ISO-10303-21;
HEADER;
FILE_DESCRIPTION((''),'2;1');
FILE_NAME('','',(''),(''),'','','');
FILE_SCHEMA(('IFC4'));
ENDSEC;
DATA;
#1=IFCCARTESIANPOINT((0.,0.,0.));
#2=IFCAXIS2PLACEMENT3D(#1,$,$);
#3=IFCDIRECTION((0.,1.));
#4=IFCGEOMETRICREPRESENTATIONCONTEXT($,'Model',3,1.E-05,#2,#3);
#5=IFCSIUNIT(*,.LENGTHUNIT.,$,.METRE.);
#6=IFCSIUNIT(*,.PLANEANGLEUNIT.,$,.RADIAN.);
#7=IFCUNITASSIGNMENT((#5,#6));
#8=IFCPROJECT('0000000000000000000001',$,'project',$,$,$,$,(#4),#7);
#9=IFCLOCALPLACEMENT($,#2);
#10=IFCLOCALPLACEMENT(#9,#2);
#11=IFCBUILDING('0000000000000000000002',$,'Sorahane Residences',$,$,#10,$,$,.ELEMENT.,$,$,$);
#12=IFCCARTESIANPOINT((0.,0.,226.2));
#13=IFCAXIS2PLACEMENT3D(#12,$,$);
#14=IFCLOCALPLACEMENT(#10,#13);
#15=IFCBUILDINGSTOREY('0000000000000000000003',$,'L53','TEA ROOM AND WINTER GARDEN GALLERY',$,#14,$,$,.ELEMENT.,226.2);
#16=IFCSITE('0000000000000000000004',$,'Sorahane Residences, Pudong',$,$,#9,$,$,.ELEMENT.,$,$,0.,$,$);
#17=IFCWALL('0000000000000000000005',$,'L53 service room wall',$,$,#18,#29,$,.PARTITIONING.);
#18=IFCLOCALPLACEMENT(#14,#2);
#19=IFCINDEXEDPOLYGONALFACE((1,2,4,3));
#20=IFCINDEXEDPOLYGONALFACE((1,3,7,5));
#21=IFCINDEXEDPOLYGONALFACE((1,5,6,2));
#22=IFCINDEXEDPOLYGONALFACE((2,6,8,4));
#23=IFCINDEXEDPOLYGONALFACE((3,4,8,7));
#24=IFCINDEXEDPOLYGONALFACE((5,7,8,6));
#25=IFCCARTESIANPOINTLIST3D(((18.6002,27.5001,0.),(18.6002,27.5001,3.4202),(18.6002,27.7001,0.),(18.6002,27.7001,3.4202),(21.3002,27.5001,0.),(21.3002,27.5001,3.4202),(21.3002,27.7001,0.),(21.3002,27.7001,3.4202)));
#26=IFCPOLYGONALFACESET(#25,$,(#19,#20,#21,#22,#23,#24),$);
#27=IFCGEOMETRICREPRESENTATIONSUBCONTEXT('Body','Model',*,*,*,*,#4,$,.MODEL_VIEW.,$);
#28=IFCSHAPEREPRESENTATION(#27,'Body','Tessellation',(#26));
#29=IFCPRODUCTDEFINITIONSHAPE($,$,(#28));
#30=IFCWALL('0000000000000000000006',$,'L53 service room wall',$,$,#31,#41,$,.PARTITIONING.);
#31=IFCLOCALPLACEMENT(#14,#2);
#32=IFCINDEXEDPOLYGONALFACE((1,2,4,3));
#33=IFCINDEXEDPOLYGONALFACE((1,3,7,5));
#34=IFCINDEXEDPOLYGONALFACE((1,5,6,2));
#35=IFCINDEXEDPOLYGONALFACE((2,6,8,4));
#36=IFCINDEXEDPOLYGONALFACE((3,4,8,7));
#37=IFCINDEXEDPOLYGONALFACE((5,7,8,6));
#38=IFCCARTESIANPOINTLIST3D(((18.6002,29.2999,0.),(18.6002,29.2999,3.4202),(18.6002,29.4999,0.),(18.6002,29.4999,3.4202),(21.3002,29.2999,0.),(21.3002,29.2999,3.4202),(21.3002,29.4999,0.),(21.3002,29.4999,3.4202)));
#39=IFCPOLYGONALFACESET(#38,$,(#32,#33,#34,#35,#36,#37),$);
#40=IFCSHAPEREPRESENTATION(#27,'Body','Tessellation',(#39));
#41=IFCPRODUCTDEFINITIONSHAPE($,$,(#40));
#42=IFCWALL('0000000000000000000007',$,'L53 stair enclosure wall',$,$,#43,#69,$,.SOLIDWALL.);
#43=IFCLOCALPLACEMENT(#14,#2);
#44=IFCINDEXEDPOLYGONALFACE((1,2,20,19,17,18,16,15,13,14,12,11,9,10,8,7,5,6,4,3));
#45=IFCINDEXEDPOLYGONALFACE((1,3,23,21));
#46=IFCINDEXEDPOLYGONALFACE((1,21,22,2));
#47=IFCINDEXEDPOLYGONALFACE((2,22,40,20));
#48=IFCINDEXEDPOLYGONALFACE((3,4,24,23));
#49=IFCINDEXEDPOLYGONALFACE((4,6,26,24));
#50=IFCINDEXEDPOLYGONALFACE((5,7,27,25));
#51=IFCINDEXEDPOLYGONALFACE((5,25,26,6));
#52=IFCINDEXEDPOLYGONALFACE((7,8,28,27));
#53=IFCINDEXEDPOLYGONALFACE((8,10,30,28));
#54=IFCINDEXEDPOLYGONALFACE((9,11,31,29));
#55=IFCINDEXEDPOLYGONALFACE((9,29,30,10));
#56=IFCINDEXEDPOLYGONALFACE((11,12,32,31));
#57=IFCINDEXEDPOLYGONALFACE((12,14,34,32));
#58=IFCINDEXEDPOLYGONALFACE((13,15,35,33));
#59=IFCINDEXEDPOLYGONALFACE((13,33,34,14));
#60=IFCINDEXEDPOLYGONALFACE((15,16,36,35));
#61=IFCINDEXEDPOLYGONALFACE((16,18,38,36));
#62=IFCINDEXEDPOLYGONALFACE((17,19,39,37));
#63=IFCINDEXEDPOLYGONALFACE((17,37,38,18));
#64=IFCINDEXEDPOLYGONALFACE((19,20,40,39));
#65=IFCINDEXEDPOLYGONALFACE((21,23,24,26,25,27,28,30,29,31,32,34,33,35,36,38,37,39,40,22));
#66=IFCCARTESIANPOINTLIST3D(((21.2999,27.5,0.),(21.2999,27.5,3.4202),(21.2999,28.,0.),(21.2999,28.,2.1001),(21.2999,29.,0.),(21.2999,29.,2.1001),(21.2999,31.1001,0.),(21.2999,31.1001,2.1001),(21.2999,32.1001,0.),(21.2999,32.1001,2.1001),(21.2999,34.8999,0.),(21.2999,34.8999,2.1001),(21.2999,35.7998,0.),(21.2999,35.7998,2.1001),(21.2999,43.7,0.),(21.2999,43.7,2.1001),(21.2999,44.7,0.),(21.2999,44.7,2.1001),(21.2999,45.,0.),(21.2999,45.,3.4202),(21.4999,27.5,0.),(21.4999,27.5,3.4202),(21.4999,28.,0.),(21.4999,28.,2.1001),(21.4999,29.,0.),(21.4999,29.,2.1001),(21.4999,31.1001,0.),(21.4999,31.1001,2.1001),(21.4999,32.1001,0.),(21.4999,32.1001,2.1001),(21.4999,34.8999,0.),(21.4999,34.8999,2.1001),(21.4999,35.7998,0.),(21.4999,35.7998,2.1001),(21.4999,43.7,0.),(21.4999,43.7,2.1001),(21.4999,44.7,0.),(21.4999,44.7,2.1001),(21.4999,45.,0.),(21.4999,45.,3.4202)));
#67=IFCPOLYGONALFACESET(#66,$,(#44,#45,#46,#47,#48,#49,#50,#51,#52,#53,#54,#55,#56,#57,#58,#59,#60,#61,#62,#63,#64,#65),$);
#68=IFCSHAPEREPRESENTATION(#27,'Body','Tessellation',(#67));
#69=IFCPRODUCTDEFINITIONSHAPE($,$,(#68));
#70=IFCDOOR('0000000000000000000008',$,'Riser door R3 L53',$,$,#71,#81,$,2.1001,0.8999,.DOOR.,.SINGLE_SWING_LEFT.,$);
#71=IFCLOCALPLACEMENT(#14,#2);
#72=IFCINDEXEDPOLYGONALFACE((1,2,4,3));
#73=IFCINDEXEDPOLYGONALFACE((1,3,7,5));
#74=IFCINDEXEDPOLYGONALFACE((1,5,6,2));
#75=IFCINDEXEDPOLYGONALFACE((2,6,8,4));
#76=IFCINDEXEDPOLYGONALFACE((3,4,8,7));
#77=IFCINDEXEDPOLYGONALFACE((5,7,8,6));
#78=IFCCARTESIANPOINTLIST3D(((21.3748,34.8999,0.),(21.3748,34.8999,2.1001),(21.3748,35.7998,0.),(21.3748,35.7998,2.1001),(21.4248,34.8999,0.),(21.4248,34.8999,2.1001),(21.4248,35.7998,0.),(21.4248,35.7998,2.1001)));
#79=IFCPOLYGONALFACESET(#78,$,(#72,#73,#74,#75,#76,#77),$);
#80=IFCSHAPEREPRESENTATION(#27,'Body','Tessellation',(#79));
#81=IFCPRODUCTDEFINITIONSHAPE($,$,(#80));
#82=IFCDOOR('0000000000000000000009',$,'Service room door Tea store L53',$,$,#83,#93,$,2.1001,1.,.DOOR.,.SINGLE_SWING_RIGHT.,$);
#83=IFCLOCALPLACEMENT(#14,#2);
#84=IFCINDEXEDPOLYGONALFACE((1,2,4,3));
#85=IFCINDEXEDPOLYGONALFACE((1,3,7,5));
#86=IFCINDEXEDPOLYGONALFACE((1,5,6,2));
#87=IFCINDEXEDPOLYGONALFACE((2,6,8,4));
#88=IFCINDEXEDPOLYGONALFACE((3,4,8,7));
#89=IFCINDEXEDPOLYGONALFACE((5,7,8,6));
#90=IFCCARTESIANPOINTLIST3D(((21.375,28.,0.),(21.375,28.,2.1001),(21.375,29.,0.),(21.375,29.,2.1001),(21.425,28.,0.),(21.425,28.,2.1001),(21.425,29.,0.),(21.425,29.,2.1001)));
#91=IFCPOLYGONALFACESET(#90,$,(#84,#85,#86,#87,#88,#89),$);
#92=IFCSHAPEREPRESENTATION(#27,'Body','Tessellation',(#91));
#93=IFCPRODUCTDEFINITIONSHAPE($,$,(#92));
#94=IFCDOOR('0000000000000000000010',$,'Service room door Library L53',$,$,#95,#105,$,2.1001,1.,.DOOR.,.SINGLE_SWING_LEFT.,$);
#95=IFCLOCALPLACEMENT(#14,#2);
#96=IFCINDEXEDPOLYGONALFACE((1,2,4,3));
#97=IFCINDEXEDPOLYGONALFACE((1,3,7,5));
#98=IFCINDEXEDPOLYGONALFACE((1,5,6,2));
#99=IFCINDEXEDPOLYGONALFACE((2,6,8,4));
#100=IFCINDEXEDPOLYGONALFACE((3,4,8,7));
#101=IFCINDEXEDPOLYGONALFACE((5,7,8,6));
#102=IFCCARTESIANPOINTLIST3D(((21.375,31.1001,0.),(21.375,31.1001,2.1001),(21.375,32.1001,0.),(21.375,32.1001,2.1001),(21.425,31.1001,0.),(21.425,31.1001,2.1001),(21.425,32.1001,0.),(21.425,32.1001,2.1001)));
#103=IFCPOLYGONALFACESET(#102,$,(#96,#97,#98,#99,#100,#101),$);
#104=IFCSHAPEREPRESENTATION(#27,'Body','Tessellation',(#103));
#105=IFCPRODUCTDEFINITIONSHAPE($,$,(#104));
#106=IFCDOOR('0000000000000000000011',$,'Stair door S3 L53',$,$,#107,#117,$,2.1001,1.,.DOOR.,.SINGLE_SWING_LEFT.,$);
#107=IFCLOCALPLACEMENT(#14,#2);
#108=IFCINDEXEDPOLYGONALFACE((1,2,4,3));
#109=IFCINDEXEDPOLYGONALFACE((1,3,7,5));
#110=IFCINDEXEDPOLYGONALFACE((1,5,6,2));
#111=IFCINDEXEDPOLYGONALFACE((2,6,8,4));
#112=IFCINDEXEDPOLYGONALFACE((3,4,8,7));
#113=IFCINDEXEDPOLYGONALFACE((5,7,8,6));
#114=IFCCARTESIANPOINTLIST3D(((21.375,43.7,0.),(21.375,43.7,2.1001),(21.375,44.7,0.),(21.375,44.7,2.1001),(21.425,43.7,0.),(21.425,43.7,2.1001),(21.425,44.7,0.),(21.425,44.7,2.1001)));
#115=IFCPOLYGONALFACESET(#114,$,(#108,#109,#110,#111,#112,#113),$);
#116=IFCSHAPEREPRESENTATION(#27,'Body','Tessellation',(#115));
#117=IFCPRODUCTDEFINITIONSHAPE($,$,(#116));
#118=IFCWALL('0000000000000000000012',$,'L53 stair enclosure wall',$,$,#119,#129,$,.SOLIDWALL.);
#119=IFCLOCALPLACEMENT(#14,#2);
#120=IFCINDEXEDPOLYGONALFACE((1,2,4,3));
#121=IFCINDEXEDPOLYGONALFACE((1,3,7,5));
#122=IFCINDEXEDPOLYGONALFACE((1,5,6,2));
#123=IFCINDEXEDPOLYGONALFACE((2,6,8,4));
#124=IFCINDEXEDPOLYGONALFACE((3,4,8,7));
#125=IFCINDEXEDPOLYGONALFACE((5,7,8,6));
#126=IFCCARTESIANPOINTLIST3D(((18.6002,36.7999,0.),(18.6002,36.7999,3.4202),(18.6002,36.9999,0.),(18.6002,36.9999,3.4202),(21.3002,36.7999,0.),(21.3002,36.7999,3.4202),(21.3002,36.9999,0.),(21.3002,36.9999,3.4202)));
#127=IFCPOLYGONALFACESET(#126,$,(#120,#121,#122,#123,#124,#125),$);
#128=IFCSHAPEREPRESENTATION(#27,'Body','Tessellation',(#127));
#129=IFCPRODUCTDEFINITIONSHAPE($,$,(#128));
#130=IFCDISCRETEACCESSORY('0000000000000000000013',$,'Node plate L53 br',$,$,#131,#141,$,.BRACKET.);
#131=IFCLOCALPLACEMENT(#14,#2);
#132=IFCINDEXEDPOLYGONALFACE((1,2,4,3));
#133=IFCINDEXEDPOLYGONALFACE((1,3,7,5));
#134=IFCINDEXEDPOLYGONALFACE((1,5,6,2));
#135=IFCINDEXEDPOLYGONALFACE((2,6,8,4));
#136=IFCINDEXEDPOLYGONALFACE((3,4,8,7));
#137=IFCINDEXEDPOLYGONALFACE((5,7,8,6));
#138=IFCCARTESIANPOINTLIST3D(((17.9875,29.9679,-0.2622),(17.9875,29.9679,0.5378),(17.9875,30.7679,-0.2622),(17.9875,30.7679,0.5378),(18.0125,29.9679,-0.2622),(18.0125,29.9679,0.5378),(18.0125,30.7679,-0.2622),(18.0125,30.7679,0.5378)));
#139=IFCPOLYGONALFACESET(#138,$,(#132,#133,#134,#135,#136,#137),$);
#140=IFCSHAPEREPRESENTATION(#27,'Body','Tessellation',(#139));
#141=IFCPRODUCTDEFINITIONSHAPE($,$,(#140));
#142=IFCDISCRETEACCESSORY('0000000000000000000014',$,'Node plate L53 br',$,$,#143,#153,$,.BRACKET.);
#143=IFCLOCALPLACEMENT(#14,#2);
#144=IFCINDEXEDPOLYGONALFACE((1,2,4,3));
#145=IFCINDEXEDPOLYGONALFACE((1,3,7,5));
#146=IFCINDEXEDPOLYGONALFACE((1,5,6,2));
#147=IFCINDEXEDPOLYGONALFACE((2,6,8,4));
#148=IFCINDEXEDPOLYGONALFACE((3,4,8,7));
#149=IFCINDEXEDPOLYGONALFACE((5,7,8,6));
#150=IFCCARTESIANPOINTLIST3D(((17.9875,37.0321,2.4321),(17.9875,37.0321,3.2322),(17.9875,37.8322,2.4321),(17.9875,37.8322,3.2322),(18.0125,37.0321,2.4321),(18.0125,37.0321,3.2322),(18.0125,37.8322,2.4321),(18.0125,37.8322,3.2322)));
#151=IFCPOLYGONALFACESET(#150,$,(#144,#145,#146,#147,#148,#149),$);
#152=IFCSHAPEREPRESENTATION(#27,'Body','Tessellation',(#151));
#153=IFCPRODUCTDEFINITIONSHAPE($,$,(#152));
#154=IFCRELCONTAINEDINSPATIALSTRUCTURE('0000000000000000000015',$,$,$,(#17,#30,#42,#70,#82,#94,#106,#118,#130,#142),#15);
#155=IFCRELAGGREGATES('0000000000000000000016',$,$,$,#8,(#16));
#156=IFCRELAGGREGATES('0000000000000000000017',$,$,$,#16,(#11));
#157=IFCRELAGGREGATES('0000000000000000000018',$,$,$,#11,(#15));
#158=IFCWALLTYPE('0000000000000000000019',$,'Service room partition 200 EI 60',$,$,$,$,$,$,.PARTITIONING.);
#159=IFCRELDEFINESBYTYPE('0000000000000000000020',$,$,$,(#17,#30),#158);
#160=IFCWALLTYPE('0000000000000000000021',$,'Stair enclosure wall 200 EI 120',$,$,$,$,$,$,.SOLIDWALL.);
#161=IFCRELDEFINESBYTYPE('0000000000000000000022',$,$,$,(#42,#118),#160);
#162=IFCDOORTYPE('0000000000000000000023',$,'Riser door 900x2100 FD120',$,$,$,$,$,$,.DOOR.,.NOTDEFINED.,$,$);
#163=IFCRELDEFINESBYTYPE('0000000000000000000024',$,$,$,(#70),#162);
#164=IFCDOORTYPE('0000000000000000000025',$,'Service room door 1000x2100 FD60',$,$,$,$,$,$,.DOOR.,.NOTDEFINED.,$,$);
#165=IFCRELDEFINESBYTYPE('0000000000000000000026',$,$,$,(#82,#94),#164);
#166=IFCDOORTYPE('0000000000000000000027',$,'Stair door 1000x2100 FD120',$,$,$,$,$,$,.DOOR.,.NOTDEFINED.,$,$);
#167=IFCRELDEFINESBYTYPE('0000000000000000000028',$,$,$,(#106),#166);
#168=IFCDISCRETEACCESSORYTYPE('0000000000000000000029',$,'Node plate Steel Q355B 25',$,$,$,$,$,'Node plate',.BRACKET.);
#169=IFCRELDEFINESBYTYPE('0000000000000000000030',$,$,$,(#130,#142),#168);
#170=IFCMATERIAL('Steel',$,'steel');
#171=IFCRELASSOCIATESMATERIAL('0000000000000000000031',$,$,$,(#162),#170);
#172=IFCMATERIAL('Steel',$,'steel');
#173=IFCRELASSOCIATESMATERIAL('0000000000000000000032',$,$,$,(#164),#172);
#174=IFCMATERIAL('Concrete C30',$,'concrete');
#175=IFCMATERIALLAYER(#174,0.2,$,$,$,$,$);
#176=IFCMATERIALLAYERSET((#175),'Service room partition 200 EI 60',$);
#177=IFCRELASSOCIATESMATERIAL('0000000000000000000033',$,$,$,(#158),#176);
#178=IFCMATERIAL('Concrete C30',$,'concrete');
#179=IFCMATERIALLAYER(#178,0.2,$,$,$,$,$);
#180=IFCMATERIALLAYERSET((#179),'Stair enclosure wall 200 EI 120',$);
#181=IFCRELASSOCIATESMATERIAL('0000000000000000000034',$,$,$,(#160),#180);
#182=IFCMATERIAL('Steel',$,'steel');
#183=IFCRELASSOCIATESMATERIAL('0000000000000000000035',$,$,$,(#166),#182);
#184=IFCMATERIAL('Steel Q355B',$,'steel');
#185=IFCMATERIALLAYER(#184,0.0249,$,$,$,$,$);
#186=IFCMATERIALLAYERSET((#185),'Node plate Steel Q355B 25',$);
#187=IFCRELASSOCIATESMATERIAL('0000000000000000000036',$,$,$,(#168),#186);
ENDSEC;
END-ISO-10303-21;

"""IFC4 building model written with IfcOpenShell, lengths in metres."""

from ifc_helpers import new_model, si_unit, direction, frame, frame_2d, origin, origin_2d, place, context, subcontext, project, spatial, rectangle, extrude, material, layer, layer_set, type_object, element, fill, save


model = new_model("IFC4")

# Units and contexts
model_context = context("Model", 3, precision=1e-05, world=origin(), true_north=direction((0.0, 1.0)))
body_context = subcontext(model_context, "Body", "Model", "MODEL_VIEW")
ifc_project = project(units=[si_unit("LENGTHUNIT", "METRE"), si_unit("PLANEANGLEUNIT", "RADIAN")], contexts=[model_context])

# Site, building, storey
site_placement = place(None, origin())
site = spatial("IfcSite", under=ifc_project, at=site_placement, Name="Sorahane Residences, Pudong", CompositionType="ELEMENT", RefElevation=0.0)
building_placement = place(site_placement, origin())
building = spatial("IfcBuilding", under=site, at=building_placement, Name="Sorahane Residences", CompositionType="ELEMENT")
storey_placement = place(building_placement, frame((0.0, 0.0, 226.2)))
storey = spatial("IfcBuildingStorey", under=building, at=storey_placement, Name="L53", Description="TEA ROOM AND WINTER GARDEN GALLERY", CompositionType="ELEMENT", Elevation=226.2)

# Shared definitions
ifc_material_1 = material(Name="Steel", Category="steel")
door_type_1 = type_object("IfcDoorType", Name="Riser door 900x2100 FD120", OperationType="NOTDEFINED", PredefinedType="DOOR", material=ifc_material_1)
ifc_material_2 = material(Name="Steel", Category="steel")
door_type_2 = type_object("IfcDoorType", Name="Service room door 1000x2100 FD60", OperationType="NOTDEFINED", PredefinedType="DOOR", material=ifc_material_2)

# Walls
ifc_material_3 = material(Name="Concrete C30", Category="concrete")
ifc_layer_1 = layer(ifc_material_3, 0.2)
ifc_layer_set_1 = layer_set([ifc_layer_1], Name="Service room partition 200 EI 60")
wall_type_1 = type_object("IfcWallType", Name="Service room partition 200 EI 60", PredefinedType="PARTITIONING", material=ifc_layer_set_1)
for number, where, z_axis, x_axis, name in (
    (1, (18.6001, 27.6001, 0.0), (0.0, 0.0, 1.0), (1.0, 0.0, 0.0), "L53 service room wall"),
    (2, (18.6001, 29.3999, 0.0), (0.0, 0.0, 1.0), (1.0, 0.0, 0.0), "L53 service room wall"),
):
    element("IfcWall", number, at=place(storey_placement, frame(where, z_axis=z_axis, x_axis=x_axis)), inside=storey, type_object=wall_type_1, Name=name, PredefinedType="PARTITIONING", context=body_context, shape_type="SweptSolid", body=[
        extrude(rectangle(XDim=2.7, YDim=0.2, at=frame_2d((1.3501, 0.0))), origin(), (0.0, 0.0, 1.0), 3.4202),
    ])

# Wall, openings, doors
ifc_material_4 = material(Name="Concrete C30", Category="concrete")
ifc_layer_2 = layer(ifc_material_4, 0.2)
ifc_layer_set_2 = layer_set([ifc_layer_2], Name="Stair enclosure wall 200 EI 120")
wall_type_2 = type_object("IfcWallType", Name="Stair enclosure wall 200 EI 120", PredefinedType="SOLIDWALL", material=ifc_layer_set_2)
wall_1_placement = place(storey_placement, frame((21.3999, 27.5, 0.0), z_axis=(0.0, 0.0, 1.0), x_axis=(0.0, 1.0, 0.0)))
wall_1 = element("IfcWall", 3, at=wall_1_placement, inside=storey, type_object=wall_type_2, Name="L53 stair enclosure wall", PredefinedType="SOLIDWALL", context=body_context, shape_type="SweptSolid", body=[
    extrude(rectangle(XDim=17.5, YDim=0.2, at=frame_2d((8.75, 0.0))), origin(), (0.0, 0.0, 1.0), 3.4202),
])
opening_1_placement = place(wall_1_placement, frame((0.5, 0.0, 0.0)))
opening_1 = element("IfcOpeningElement", 4, at=opening_1_placement, cuts=wall_1, PredefinedType="OPENING", context=body_context, shape_type="SweptSolid", body=[
    extrude(rectangle(XDim=1.0, YDim=2.1001, at=frame_2d((0.5, 1.05))), frame((0.0, 0.1099, 0.0), z_axis=(0.0, -1.0, 0.0), x_axis=(1.0, 0.0, 0.0)), (0.0, 0.0, 1.0), 0.22),
])
opening_2_placement = place(wall_1_placement, frame((3.6001, 0.0, 0.0)))
opening_2 = element("IfcOpeningElement", 5, at=opening_2_placement, cuts=wall_1, PredefinedType="OPENING", context=body_context, shape_type="SweptSolid", body=[
    extrude(rectangle(XDim=1.0, YDim=2.1001, at=frame_2d((0.5, 1.05))), frame((0.0, 0.1099, 0.0), z_axis=(0.0, -1.0, 0.0), x_axis=(1.0, 0.0, 0.0)), (0.0, 0.0, 1.0), 0.22),
])
opening_3_placement = place(wall_1_placement, frame((16.2, 0.0, 0.0)))
opening_3 = element("IfcOpeningElement", 6, at=opening_3_placement, cuts=wall_1, PredefinedType="OPENING", context=body_context, shape_type="SweptSolid", body=[
    extrude(rectangle(XDim=1.0, YDim=2.1001, at=frame_2d((0.5, 1.05))), frame((0.0, 0.1099, 0.0), z_axis=(0.0, -1.0, 0.0), x_axis=(1.0, 0.0, 0.0)), (0.0, 0.0, 1.0), 0.22),
])
opening_4_placement = place(wall_1_placement, frame((7.3999, 0.0, 0.0)))
opening_4 = element("IfcOpeningElement", 7, at=opening_4_placement, cuts=wall_1, PredefinedType="OPENING", context=body_context, shape_type="SweptSolid", body=[
    extrude(rectangle(XDim=0.8999, YDim=2.1001, at=frame_2d((0.45, 1.05))), frame((0.0, 0.1099, 0.0), z_axis=(0.0, -1.0, 0.0), x_axis=(1.0, 0.0, 0.0)), (0.0, 0.0, 1.0), 0.22),
])
door_1_placement = place(opening_4_placement, frame((0.8999, 0.0, 0.0), z_axis=(0.0, 0.0, 1.0), x_axis=(-1.0, 0.0, 0.0)))
door_1 = element("IfcDoor", 8, at=door_1_placement, inside=storey, type_object=door_type_1, Name="Riser door R3 L53", OperationType="SINGLE_SWING_LEFT", OverallHeight=2.1001, OverallWidth=0.8999, PredefinedType="DOOR", context=body_context, shape_type="SweptSolid", body=[
    extrude(rectangle(XDim=0.8999, YDim=2.1001, at=frame_2d((0.45, 1.05))), frame((0.0, 0.0249, 0.0), z_axis=(0.0, -1.0, 0.0), x_axis=(1.0, 0.0, 0.0)), (0.0, 0.0, 1.0), 0.05),
])
fill(opening_4, door_1)
door_2_placement = place(opening_1_placement, origin())
door_2 = element("IfcDoor", 9, at=door_2_placement, inside=storey, type_object=door_type_2, Name="Service room door Tea store L53", OperationType="SINGLE_SWING_RIGHT", OverallHeight=2.1001, OverallWidth=1.0, PredefinedType="DOOR", context=body_context, shape_type="SweptSolid", body=[
    extrude(rectangle(XDim=1.0, YDim=2.1001, at=frame_2d((0.5, 1.05))), frame((0.0, 0.0249, 0.0), z_axis=(0.0, -1.0, 0.0), x_axis=(1.0, 0.0, 0.0)), (0.0, 0.0, 1.0), 0.05),
])
fill(opening_1, door_2)
door_3_placement = place(opening_2_placement, origin())
door_3 = element("IfcDoor", 10, at=door_3_placement, inside=storey, type_object=door_type_2, Name="Service room door Library L53", OperationType="SINGLE_SWING_LEFT", OverallHeight=2.1001, OverallWidth=1.0, PredefinedType="DOOR", context=body_context, shape_type="SweptSolid", body=[
    extrude(rectangle(XDim=1.0, YDim=2.1001, at=frame_2d((0.5, 1.05))), frame((0.0, 0.0249, 0.0), z_axis=(0.0, -1.0, 0.0), x_axis=(1.0, 0.0, 0.0)), (0.0, 0.0, 1.0), 0.05),
])
fill(opening_2, door_3)
ifc_material_5 = material(Name="Steel", Category="steel")
door_type_3 = type_object("IfcDoorType", Name="Stair door 1000x2100 FD120", OperationType="NOTDEFINED", PredefinedType="DOOR", material=ifc_material_5)
door_4_placement = place(opening_3_placement, origin())
door_4 = element("IfcDoor", 11, at=door_4_placement, inside=storey, type_object=door_type_3, Name="Stair door S3 L53", OperationType="SINGLE_SWING_LEFT", OverallHeight=2.1001, OverallWidth=1.0, PredefinedType="DOOR", context=body_context, shape_type="SweptSolid", body=[
    extrude(rectangle(XDim=1.0, YDim=2.1001, at=frame_2d((0.5, 1.05))), frame((0.0, 0.0249, 0.0), z_axis=(0.0, -1.0, 0.0), x_axis=(1.0, 0.0, 0.0)), (0.0, 0.0, 1.0), 0.05),
])
fill(opening_3, door_4)

# Wall
wall_2_placement = place(storey_placement, frame((18.6001, 36.8999, 0.0), z_axis=(0.0, 0.0, 1.0), x_axis=(1.0, 0.0, 0.0)))
element("IfcWall", 12, at=wall_2_placement, inside=storey, type_object=wall_type_2, Name="L53 stair enclosure wall", PredefinedType="SOLIDWALL", context=body_context, shape_type="SweptSolid", body=[
    extrude(rectangle(XDim=2.7, YDim=0.2, at=frame_2d((1.3501, 0.0))), origin(), (0.0, 0.0, 1.0), 3.4202),
])

# Discrete accessories
ifc_material_6 = material(Name="Steel Q355B", Category="steel")
ifc_layer_3 = layer(ifc_material_6, 0.0249)
ifc_layer_set_3 = layer_set([ifc_layer_3], Name="Node plate Steel Q355B 25")
discrete_accessory_type = type_object("IfcDiscreteAccessoryType", Name="Node plate Steel Q355B 25", ElementType="Node plate", PredefinedType="BRACKET", material=ifc_layer_set_3)
for number, where, z_axis, x_axis, name in (
    (13, (18.0, 30.3679, -0.2622), (0.0, 0.0, 1.0), (0.0, 1.0, 0.0), "Node plate L53 br"),
    (14, (18.0, 37.4321, 2.4321), (0.0, 0.0, 1.0), (0.0, 1.0, 0.0), "Node plate L53 br"),
):
    element("IfcDiscreteAccessory", number, at=place(storey_placement, frame(where, z_axis=z_axis, x_axis=x_axis)), inside=storey, type_object=discrete_accessory_type, Name=name, PredefinedType="BRACKET", context=body_context, shape_type="SweptSolid", body=[
        extrude(rectangle(XDim=0.8, YDim=0.0249, at=origin_2d()), origin(), (0.0, 0.0, 1.0), 0.8),
    ])

save(model, "model.ifc")
